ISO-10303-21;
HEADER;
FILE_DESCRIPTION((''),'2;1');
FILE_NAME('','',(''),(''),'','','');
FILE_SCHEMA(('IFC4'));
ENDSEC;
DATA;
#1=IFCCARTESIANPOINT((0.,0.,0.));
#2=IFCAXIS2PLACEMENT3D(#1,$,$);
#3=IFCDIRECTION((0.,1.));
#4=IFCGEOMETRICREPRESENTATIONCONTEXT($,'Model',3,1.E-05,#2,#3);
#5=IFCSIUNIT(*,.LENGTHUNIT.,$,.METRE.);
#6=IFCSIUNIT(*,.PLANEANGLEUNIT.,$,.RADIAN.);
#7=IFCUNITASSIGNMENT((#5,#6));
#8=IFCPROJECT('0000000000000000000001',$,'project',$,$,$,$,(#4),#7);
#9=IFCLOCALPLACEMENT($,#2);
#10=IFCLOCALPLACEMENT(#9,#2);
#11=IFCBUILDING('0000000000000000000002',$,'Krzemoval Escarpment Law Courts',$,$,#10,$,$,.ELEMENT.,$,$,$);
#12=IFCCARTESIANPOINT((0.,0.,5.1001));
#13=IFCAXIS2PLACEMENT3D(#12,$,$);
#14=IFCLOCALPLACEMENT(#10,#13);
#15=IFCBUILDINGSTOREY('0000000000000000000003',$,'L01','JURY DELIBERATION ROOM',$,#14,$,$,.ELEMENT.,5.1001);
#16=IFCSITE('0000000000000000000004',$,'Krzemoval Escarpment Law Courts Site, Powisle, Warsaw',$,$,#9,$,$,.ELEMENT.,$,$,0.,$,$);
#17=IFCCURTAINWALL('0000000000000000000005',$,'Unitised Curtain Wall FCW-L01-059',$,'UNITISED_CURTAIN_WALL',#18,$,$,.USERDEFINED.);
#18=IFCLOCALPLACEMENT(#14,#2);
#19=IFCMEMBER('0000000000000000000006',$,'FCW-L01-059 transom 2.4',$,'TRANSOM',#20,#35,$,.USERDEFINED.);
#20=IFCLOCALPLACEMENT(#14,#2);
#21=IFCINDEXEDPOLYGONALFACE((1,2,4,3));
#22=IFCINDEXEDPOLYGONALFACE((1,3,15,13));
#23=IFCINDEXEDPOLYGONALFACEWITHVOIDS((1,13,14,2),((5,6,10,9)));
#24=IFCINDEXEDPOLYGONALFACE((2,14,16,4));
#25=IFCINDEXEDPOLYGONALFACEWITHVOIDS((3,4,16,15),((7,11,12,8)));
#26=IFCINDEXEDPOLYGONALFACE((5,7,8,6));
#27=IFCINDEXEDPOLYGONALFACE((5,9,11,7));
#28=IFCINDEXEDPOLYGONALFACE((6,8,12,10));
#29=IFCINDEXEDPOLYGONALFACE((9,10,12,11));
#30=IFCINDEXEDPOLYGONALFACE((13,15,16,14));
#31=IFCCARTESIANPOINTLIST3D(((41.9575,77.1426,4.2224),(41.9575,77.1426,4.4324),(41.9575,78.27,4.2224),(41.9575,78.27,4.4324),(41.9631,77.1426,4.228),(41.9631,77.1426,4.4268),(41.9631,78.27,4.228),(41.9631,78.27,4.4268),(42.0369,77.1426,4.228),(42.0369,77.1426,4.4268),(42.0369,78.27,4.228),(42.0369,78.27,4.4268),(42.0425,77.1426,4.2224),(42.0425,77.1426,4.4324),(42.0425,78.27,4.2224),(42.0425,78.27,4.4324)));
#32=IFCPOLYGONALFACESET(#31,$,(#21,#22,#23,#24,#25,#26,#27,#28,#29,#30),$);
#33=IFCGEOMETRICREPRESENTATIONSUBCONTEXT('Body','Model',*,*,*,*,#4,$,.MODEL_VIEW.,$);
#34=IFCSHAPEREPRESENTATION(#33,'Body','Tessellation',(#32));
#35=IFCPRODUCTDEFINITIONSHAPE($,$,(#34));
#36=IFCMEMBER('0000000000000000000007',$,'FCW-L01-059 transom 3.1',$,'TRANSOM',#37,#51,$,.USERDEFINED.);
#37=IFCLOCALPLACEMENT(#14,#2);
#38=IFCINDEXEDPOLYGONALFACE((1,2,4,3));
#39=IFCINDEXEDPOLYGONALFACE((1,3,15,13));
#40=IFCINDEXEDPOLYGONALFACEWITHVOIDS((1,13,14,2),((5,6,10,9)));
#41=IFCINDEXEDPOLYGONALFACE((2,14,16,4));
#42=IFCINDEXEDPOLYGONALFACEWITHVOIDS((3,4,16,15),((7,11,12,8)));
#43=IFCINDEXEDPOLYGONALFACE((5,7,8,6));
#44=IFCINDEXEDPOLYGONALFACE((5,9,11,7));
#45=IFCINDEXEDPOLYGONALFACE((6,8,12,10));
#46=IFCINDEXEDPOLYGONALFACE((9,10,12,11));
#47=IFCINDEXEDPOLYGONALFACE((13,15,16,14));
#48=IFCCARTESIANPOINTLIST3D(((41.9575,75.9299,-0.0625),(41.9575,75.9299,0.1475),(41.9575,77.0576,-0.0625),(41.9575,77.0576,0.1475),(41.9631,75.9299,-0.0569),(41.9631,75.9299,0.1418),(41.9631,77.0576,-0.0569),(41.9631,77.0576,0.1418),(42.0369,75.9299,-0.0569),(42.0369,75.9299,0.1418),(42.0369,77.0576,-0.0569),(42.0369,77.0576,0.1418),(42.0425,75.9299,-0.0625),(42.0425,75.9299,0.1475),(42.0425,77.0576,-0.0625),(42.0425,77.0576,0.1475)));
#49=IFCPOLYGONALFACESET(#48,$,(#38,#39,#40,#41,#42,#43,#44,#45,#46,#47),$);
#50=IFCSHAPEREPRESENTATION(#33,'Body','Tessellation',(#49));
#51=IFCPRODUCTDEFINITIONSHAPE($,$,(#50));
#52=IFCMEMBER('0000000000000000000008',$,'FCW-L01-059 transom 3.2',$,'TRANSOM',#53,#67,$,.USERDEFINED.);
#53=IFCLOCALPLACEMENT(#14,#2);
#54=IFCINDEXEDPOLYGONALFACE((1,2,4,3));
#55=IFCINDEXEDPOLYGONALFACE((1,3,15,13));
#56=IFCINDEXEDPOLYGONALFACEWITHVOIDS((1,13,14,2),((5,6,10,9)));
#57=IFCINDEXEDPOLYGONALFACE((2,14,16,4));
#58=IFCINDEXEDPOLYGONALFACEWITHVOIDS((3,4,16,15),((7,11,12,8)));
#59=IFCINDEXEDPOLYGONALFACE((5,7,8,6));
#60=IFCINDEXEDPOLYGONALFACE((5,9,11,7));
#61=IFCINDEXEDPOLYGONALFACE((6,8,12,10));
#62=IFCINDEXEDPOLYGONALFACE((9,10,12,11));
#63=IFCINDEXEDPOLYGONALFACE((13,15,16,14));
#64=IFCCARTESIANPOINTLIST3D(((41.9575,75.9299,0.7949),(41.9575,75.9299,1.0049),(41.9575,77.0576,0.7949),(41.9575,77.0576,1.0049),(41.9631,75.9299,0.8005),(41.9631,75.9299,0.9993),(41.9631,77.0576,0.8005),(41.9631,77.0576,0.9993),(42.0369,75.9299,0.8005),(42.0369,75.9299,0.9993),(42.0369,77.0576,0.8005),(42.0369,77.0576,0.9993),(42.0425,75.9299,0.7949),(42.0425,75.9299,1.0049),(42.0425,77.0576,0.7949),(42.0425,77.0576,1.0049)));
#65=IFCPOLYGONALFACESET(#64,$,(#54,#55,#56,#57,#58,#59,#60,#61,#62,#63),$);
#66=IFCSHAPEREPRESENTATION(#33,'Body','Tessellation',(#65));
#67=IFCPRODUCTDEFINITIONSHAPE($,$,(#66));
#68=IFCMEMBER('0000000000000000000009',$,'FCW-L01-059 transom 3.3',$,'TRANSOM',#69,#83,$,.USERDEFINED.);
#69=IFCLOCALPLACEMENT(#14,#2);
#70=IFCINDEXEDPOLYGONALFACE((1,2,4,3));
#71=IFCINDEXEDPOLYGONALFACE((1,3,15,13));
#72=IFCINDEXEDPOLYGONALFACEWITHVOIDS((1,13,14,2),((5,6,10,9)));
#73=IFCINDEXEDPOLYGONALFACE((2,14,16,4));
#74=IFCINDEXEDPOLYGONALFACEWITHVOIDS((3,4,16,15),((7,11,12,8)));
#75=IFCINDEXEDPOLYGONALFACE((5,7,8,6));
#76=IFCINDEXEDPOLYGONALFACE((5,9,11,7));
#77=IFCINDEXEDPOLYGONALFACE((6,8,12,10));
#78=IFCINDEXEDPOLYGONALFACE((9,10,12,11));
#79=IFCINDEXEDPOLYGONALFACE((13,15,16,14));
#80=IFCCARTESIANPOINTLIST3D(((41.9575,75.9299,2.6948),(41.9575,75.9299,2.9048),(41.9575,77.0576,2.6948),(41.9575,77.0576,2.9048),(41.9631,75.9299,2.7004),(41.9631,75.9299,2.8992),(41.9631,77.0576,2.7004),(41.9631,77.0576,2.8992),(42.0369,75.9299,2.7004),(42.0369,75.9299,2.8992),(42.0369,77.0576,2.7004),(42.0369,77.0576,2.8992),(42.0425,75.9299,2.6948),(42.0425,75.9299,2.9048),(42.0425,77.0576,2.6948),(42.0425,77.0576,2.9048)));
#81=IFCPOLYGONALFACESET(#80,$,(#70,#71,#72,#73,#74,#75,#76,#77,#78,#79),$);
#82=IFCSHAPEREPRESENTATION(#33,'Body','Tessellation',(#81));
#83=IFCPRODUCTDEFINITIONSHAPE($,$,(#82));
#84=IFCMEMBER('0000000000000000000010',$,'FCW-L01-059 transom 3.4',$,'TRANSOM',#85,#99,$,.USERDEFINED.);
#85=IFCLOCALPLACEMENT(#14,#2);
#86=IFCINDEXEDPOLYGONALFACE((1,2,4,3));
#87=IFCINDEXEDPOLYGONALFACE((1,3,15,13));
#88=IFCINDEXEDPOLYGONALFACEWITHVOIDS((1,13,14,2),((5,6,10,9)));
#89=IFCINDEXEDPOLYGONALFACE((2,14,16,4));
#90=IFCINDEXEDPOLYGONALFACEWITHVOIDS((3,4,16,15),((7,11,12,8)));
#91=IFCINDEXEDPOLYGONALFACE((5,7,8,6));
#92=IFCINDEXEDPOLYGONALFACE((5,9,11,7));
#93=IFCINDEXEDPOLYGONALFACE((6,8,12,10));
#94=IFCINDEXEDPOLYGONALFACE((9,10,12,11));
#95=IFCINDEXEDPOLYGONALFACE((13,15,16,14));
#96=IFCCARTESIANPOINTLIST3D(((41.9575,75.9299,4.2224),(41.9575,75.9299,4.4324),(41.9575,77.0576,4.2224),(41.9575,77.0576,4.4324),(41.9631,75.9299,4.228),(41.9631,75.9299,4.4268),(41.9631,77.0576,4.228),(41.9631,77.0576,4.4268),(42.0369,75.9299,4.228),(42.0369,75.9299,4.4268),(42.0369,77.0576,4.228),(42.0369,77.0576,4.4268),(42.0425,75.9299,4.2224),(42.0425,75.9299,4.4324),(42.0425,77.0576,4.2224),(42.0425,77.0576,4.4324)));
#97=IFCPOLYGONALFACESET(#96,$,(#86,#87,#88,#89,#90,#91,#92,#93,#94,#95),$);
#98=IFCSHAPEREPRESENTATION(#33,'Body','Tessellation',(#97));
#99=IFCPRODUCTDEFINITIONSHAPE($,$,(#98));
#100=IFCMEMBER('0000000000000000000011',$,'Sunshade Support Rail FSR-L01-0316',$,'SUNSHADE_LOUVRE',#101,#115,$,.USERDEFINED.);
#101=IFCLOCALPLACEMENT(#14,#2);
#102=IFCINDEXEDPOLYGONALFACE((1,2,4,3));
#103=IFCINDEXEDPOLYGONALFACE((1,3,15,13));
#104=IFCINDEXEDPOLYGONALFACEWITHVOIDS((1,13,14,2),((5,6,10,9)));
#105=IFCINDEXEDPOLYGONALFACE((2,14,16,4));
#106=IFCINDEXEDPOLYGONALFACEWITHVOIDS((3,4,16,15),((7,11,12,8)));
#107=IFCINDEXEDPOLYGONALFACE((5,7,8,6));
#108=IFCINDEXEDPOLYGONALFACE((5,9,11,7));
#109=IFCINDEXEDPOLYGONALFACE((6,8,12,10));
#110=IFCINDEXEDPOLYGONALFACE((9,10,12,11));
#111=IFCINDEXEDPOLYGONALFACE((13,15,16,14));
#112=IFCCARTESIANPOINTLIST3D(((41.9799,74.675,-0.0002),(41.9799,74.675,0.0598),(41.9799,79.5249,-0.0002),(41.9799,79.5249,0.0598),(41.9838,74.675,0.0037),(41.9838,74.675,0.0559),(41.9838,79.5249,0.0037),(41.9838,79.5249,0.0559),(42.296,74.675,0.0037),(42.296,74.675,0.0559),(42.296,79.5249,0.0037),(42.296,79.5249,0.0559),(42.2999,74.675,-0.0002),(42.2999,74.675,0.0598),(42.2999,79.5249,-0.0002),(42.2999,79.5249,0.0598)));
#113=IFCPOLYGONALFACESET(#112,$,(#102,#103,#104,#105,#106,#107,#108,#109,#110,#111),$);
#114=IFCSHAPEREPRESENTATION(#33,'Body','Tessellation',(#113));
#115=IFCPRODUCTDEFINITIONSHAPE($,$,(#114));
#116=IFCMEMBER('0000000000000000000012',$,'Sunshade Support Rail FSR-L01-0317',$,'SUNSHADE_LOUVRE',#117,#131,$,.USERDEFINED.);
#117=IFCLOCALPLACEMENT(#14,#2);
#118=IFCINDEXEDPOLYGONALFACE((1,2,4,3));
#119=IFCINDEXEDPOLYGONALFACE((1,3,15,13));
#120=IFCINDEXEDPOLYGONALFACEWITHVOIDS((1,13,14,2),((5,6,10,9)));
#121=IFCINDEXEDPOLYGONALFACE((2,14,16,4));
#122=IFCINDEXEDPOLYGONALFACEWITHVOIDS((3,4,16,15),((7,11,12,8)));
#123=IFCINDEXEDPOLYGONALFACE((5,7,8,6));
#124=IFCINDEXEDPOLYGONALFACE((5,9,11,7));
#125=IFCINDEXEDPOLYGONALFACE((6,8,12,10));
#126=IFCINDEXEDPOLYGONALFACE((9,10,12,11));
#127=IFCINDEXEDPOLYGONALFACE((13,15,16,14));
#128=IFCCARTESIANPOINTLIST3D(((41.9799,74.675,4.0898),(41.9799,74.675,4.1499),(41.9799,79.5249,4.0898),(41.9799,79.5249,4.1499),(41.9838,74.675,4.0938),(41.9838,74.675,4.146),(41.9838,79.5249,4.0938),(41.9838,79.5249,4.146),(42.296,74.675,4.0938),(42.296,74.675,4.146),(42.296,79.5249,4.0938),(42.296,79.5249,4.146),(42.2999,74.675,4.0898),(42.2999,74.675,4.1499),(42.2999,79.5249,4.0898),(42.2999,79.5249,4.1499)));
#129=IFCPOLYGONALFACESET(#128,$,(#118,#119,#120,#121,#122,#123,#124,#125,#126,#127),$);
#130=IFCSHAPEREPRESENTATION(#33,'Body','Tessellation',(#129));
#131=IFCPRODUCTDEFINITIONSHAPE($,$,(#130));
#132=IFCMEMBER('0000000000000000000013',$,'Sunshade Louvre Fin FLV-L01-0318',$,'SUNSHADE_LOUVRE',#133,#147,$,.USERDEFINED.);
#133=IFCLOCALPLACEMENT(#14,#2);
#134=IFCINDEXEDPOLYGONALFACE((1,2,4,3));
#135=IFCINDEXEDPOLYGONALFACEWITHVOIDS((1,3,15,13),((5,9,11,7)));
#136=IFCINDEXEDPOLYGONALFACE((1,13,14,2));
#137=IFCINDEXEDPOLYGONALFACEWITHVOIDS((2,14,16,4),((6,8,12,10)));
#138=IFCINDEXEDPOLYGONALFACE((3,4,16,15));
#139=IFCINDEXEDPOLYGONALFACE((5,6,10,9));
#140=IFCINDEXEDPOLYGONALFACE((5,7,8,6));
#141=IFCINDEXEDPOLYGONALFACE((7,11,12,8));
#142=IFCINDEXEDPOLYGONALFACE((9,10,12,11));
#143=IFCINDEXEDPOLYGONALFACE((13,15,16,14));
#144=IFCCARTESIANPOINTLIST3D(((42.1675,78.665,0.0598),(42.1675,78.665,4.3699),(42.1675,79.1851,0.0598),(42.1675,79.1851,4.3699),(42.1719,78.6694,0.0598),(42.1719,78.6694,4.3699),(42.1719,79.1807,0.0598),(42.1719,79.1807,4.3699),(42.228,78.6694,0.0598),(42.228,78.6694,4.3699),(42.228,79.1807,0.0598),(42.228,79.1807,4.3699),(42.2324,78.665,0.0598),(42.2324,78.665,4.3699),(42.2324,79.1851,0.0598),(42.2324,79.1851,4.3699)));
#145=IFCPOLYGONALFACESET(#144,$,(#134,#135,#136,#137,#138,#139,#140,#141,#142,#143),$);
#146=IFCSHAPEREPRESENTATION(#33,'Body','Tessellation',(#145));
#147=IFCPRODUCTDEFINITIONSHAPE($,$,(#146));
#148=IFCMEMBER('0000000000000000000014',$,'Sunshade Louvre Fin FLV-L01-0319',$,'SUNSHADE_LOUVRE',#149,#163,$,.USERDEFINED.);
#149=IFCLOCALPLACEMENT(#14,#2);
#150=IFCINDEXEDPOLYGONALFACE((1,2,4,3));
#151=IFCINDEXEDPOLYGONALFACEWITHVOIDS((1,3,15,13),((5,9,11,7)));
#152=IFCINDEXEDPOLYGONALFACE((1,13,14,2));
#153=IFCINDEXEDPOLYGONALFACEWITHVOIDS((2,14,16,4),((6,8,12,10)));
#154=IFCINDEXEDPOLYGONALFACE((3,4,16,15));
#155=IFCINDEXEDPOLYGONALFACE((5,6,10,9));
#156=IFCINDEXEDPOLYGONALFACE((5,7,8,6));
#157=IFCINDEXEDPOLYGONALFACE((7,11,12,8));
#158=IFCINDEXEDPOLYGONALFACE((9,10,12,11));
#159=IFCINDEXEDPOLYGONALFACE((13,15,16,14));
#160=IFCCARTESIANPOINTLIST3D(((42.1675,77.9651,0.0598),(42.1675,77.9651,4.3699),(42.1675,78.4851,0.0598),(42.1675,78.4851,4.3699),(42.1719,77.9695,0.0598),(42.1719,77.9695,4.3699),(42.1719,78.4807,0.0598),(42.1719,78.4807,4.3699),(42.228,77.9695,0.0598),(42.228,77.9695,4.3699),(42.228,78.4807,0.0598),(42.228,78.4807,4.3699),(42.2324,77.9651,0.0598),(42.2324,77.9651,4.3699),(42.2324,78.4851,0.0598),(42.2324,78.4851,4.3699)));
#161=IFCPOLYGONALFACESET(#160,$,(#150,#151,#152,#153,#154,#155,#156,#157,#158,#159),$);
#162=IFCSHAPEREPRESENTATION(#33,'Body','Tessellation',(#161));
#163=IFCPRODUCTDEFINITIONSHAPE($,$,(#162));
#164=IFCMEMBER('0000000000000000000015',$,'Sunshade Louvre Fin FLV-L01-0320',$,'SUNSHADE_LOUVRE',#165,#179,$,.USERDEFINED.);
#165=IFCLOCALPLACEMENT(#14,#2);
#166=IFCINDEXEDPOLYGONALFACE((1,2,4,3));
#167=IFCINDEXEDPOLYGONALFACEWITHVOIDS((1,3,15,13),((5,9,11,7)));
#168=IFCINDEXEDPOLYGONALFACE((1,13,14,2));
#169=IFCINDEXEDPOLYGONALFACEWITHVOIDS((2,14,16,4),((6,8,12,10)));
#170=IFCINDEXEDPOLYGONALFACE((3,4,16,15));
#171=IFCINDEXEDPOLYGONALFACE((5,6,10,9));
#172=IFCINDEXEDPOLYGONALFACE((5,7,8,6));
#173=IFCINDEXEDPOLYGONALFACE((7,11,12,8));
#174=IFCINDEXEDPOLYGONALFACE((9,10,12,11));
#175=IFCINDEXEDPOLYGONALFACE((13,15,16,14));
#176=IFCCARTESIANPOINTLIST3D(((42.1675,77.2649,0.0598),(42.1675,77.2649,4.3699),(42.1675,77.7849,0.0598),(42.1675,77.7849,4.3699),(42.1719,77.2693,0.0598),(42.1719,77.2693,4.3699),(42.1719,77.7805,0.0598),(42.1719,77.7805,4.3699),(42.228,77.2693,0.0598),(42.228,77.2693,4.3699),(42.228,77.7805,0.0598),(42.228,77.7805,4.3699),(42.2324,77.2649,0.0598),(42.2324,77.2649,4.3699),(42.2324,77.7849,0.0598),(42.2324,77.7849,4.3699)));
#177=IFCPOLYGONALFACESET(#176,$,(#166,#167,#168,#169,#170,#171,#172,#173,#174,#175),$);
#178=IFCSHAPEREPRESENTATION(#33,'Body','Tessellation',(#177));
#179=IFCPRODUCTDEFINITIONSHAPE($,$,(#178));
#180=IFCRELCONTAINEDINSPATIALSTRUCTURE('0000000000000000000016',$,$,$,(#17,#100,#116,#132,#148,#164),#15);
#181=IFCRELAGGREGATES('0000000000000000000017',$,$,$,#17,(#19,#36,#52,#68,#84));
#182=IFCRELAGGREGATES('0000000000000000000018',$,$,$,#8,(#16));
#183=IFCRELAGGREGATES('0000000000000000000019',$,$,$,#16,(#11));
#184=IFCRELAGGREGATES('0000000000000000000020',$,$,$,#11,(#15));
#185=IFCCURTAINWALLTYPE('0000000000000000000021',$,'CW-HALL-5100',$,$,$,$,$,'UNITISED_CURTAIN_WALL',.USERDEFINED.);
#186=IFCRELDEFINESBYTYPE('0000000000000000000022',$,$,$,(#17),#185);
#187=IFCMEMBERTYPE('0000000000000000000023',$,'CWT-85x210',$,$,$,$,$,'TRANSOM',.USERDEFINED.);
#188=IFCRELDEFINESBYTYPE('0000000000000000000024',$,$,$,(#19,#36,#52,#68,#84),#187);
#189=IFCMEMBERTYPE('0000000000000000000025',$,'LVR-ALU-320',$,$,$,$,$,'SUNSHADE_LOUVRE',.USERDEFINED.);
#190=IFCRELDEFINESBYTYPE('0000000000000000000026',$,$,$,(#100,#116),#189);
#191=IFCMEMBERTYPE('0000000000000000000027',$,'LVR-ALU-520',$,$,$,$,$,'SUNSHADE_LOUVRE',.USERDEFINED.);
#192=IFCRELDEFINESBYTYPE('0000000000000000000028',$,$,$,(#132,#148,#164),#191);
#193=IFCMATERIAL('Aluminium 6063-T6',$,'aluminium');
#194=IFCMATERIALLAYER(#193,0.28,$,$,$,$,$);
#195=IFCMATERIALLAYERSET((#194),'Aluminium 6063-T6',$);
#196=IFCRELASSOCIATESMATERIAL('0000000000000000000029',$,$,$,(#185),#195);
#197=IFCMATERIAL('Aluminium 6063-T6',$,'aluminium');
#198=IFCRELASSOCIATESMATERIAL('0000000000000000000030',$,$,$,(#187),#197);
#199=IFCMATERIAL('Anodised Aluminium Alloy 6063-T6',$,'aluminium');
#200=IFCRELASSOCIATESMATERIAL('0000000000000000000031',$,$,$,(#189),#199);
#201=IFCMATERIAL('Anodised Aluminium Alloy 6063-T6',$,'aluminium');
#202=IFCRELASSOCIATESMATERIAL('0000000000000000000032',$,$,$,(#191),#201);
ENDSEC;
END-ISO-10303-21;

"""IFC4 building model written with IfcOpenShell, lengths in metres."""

from ifc_helpers import new_model, si_unit, direction, frame, origin, origin_2d, place, context, subcontext, project, spatial, hollow_rectangle, extrude, material, layer, layer_set, material_profile, profile_set, type_object, element, aggregate, save


model = new_model("IFC4")

# Units and contexts
model_context = context("Model", 3, precision=1e-05, world=origin(), true_north=direction((0.0, 1.0)))
body_context = subcontext(model_context, "Body", "Model", "MODEL_VIEW")
ifc_project = project(units=[si_unit("LENGTHUNIT", "METRE"), si_unit("PLANEANGLEUNIT", "RADIAN")], contexts=[model_context])

# Site, building, storey
site_placement = place(None, origin())
site = spatial("IfcSite", under=ifc_project, at=site_placement, Name="Krzemoval Escarpment Law Courts Site, Powisle, Warsaw", CompositionType="ELEMENT", RefElevation=0.0)
building_placement = place(site_placement, origin())
building = spatial("IfcBuilding", under=site, at=building_placement, Name="Krzemoval Escarpment Law Courts", CompositionType="ELEMENT")
storey_placement = place(building_placement, frame((0.0, 0.0, 5.1001)))
storey = spatial("IfcBuildingStorey", under=building, at=storey_placement, Name="L01", Description="JURY DELIBERATION ROOM", CompositionType="ELEMENT", Elevation=5.1001)

# Curtain wall, members
ifc_material_1 = material(Name="Aluminium 6063-T6", Category="aluminium")
ifc_layer_1 = layer(ifc_material_1, 0.28)
ifc_layer_set_1 = layer_set([ifc_layer_1], Name="Aluminium 6063-T6")
curtain_wall_type = type_object("IfcCurtainWallType", Name="CW-HALL-5100", ElementType="UNITISED_CURTAIN_WALL", PredefinedType="USERDEFINED", material=ifc_layer_set_1)
curtain_wall_placement = place(storey_placement, origin())
curtain_wall = element("IfcCurtainWall", 1, at=curtain_wall_placement, inside=storey, type_object=curtain_wall_type, Name="Unitised Curtain Wall FCW-L01-059", ObjectType="UNITISED_CURTAIN_WALL", PredefinedType="USERDEFINED")
ifc_material_2 = material(Name="Aluminium 6063-T6", Category="aluminium")
ifc_material_profile_1 = material_profile(ifc_material_2, hollow_rectangle(XDim=0.085, YDim=0.21, WallThickness=0.0056, at=origin_2d()), Name="ALU T85x210")
ifc_profile_set_1 = profile_set([ifc_material_profile_1], Name="Aluminium 6063-T6")
member_type_1 = type_object("IfcMemberType", Name="CWT-85x210", ElementType="TRANSOM", PredefinedType="USERDEFINED", material=ifc_profile_set_1)
member_1_placement = place(storey_placement, frame((42.0, 78.27, 4.3274), z_axis=(0.0, -1.0, 0.0), x_axis=(1.0, 0.0, 0.0)))
member_1 = element("IfcMember", 2, at=member_1_placement, type_object=member_type_1, Name="FCW-L01-059 transom 2.4", ObjectType="TRANSOM", PredefinedType="USERDEFINED", context=body_context, shape_type="SweptSolid", body=[
    extrude(hollow_rectangle(XDim=0.085, YDim=0.21, WallThickness=0.0056, at=origin_2d()), origin(), (0.0, 0.0, 1.0), 1.1274),
])
member_2_placement = place(storey_placement, frame((42.0, 77.0576, 0.0425), z_axis=(0.0, -1.0, 0.0), x_axis=(1.0, 0.0, 0.0)))
member_2 = element("IfcMember", 3, at=member_2_placement, type_object=member_type_1, Name="FCW-L01-059 transom 3.1", ObjectType="TRANSOM", PredefinedType="USERDEFINED", context=body_context, shape_type="SweptSolid", body=[
    extrude(hollow_rectangle(XDim=0.085, YDim=0.21, WallThickness=0.0056, at=origin_2d()), origin(), (0.0, 0.0, 1.0), 1.1277),
])
member_3_placement = place(storey_placement, frame((42.0, 77.0576, 0.8999), z_axis=(0.0, -1.0, 0.0), x_axis=(1.0, 0.0, 0.0)))
member_3 = element("IfcMember", 4, at=member_3_placement, type_object=member_type_1, Name="FCW-L01-059 transom 3.2", ObjectType="TRANSOM", PredefinedType="USERDEFINED", context=body_context, shape_type="SweptSolid", body=[
    extrude(hollow_rectangle(XDim=0.085, YDim=0.21, WallThickness=0.0056, at=origin_2d()), origin(), (0.0, 0.0, 1.0), 1.1277),
])
member_4_placement = place(storey_placement, frame((42.0, 77.0576, 2.7998), z_axis=(0.0, -1.0, 0.0), x_axis=(1.0, 0.0, 0.0)))
member_4 = element("IfcMember", 5, at=member_4_placement, type_object=member_type_1, Name="FCW-L01-059 transom 3.3", ObjectType="TRANSOM", PredefinedType="USERDEFINED", context=body_context, shape_type="SweptSolid", body=[
    extrude(hollow_rectangle(XDim=0.085, YDim=0.21, WallThickness=0.0056, at=origin_2d()), origin(), (0.0, 0.0, 1.0), 1.1277),
])
member_5_placement = place(storey_placement, frame((42.0, 77.0576, 4.3274), z_axis=(0.0, -1.0, 0.0), x_axis=(1.0, 0.0, 0.0)))
member_5 = element("IfcMember", 6, at=member_5_placement, type_object=member_type_1, Name="FCW-L01-059 transom 3.4", ObjectType="TRANSOM", PredefinedType="USERDEFINED", context=body_context, shape_type="SweptSolid", body=[
    extrude(hollow_rectangle(XDim=0.085, YDim=0.21, WallThickness=0.0056, at=origin_2d()), origin(), (0.0, 0.0, 1.0), 1.1277),
])

# Members
ifc_material_3 = material(Name="Anodised Aluminium Alloy 6063-T6", Category="aluminium")
ifc_material_profile_2 = material_profile(ifc_material_3, hollow_rectangle(XDim=0.0601, YDim=0.3201, WallThickness=0.0039, at=origin_2d()), Name="ALU LVR 60x320")
ifc_profile_set_2 = profile_set([ifc_material_profile_2], Name="Anodised Aluminium Alloy 6063-T6")
member_type_2 = type_object("IfcMemberType", Name="LVR-ALU-320", ElementType="SUNSHADE_LOUVRE", PredefinedType="USERDEFINED", material=ifc_profile_set_2)
for number, where, z_axis, x_axis, name in (
    (7, (42.1399, 79.5249, 0.0298), (0.0, -1.0, 0.0), (0.0, 0.0, 1.0), "Sunshade Support Rail FSR-L01-0316"),
    (8, (42.1399, 79.5249, 4.1199), (0.0, -1.0, 0.0), (0.0, 0.0, 1.0), "Sunshade Support Rail FSR-L01-0317"),
):
    element("IfcMember", number, at=place(storey_placement, frame(where, z_axis=z_axis, x_axis=x_axis)), inside=storey, type_object=member_type_2, Name=name, ObjectType="SUNSHADE_LOUVRE", PredefinedType="USERDEFINED", context=body_context, shape_type="SweptSolid", body=[
        extrude(hollow_rectangle(XDim=0.0601, YDim=0.3201, WallThickness=0.0039, at=origin_2d()), origin(), (0.0, 0.0, 1.0), 4.8499),
    ])
ifc_material_4 = material(Name="Anodised Aluminium Alloy 6063-T6", Category="aluminium")
ifc_material_profile_3 = material_profile(ifc_material_4, hollow_rectangle(XDim=0.0649, YDim=0.52, WallThickness=0.0044, at=origin_2d()), Name="ALU LVR 65x520")
ifc_profile_set_3 = profile_set([ifc_material_profile_3], Name="Anodised Aluminium Alloy 6063-T6")
member_type_3 = type_object("IfcMemberType", Name="LVR-ALU-520", ElementType="SUNSHADE_LOUVRE", PredefinedType="USERDEFINED", material=ifc_profile_set_3)
for number, where, z_axis, x_axis, name in (
    (9, (42.2, 78.925, 0.0598), (0.0, 0.0, 1.0), (1.0, 0.0, 0.0), "Sunshade Louvre Fin FLV-L01-0318"),
    (10, (42.2, 78.2251, 0.0598), (0.0, 0.0, 1.0), (1.0, 0.0, 0.0), "Sunshade Louvre Fin FLV-L01-0319"),
    (11, (42.2, 77.5249, 0.0598), (0.0, 0.0, 1.0), (1.0, 0.0, 0.0), "Sunshade Louvre Fin FLV-L01-0320"),
):
    element("IfcMember", number, at=place(storey_placement, frame(where, z_axis=z_axis, x_axis=x_axis)), inside=storey, type_object=member_type_3, Name=name, ObjectType="SUNSHADE_LOUVRE", PredefinedType="USERDEFINED", context=body_context, shape_type="SweptSolid", body=[
        extrude(hollow_rectangle(XDim=0.0649, YDim=0.52, WallThickness=0.0044, at=origin_2d()), origin(), (0.0, 0.0, 1.0), 4.3101),
    ])

aggregate(curtain_wall, [member_1, member_2, member_3, member_4, member_5])

save(model, "model.ifc")
